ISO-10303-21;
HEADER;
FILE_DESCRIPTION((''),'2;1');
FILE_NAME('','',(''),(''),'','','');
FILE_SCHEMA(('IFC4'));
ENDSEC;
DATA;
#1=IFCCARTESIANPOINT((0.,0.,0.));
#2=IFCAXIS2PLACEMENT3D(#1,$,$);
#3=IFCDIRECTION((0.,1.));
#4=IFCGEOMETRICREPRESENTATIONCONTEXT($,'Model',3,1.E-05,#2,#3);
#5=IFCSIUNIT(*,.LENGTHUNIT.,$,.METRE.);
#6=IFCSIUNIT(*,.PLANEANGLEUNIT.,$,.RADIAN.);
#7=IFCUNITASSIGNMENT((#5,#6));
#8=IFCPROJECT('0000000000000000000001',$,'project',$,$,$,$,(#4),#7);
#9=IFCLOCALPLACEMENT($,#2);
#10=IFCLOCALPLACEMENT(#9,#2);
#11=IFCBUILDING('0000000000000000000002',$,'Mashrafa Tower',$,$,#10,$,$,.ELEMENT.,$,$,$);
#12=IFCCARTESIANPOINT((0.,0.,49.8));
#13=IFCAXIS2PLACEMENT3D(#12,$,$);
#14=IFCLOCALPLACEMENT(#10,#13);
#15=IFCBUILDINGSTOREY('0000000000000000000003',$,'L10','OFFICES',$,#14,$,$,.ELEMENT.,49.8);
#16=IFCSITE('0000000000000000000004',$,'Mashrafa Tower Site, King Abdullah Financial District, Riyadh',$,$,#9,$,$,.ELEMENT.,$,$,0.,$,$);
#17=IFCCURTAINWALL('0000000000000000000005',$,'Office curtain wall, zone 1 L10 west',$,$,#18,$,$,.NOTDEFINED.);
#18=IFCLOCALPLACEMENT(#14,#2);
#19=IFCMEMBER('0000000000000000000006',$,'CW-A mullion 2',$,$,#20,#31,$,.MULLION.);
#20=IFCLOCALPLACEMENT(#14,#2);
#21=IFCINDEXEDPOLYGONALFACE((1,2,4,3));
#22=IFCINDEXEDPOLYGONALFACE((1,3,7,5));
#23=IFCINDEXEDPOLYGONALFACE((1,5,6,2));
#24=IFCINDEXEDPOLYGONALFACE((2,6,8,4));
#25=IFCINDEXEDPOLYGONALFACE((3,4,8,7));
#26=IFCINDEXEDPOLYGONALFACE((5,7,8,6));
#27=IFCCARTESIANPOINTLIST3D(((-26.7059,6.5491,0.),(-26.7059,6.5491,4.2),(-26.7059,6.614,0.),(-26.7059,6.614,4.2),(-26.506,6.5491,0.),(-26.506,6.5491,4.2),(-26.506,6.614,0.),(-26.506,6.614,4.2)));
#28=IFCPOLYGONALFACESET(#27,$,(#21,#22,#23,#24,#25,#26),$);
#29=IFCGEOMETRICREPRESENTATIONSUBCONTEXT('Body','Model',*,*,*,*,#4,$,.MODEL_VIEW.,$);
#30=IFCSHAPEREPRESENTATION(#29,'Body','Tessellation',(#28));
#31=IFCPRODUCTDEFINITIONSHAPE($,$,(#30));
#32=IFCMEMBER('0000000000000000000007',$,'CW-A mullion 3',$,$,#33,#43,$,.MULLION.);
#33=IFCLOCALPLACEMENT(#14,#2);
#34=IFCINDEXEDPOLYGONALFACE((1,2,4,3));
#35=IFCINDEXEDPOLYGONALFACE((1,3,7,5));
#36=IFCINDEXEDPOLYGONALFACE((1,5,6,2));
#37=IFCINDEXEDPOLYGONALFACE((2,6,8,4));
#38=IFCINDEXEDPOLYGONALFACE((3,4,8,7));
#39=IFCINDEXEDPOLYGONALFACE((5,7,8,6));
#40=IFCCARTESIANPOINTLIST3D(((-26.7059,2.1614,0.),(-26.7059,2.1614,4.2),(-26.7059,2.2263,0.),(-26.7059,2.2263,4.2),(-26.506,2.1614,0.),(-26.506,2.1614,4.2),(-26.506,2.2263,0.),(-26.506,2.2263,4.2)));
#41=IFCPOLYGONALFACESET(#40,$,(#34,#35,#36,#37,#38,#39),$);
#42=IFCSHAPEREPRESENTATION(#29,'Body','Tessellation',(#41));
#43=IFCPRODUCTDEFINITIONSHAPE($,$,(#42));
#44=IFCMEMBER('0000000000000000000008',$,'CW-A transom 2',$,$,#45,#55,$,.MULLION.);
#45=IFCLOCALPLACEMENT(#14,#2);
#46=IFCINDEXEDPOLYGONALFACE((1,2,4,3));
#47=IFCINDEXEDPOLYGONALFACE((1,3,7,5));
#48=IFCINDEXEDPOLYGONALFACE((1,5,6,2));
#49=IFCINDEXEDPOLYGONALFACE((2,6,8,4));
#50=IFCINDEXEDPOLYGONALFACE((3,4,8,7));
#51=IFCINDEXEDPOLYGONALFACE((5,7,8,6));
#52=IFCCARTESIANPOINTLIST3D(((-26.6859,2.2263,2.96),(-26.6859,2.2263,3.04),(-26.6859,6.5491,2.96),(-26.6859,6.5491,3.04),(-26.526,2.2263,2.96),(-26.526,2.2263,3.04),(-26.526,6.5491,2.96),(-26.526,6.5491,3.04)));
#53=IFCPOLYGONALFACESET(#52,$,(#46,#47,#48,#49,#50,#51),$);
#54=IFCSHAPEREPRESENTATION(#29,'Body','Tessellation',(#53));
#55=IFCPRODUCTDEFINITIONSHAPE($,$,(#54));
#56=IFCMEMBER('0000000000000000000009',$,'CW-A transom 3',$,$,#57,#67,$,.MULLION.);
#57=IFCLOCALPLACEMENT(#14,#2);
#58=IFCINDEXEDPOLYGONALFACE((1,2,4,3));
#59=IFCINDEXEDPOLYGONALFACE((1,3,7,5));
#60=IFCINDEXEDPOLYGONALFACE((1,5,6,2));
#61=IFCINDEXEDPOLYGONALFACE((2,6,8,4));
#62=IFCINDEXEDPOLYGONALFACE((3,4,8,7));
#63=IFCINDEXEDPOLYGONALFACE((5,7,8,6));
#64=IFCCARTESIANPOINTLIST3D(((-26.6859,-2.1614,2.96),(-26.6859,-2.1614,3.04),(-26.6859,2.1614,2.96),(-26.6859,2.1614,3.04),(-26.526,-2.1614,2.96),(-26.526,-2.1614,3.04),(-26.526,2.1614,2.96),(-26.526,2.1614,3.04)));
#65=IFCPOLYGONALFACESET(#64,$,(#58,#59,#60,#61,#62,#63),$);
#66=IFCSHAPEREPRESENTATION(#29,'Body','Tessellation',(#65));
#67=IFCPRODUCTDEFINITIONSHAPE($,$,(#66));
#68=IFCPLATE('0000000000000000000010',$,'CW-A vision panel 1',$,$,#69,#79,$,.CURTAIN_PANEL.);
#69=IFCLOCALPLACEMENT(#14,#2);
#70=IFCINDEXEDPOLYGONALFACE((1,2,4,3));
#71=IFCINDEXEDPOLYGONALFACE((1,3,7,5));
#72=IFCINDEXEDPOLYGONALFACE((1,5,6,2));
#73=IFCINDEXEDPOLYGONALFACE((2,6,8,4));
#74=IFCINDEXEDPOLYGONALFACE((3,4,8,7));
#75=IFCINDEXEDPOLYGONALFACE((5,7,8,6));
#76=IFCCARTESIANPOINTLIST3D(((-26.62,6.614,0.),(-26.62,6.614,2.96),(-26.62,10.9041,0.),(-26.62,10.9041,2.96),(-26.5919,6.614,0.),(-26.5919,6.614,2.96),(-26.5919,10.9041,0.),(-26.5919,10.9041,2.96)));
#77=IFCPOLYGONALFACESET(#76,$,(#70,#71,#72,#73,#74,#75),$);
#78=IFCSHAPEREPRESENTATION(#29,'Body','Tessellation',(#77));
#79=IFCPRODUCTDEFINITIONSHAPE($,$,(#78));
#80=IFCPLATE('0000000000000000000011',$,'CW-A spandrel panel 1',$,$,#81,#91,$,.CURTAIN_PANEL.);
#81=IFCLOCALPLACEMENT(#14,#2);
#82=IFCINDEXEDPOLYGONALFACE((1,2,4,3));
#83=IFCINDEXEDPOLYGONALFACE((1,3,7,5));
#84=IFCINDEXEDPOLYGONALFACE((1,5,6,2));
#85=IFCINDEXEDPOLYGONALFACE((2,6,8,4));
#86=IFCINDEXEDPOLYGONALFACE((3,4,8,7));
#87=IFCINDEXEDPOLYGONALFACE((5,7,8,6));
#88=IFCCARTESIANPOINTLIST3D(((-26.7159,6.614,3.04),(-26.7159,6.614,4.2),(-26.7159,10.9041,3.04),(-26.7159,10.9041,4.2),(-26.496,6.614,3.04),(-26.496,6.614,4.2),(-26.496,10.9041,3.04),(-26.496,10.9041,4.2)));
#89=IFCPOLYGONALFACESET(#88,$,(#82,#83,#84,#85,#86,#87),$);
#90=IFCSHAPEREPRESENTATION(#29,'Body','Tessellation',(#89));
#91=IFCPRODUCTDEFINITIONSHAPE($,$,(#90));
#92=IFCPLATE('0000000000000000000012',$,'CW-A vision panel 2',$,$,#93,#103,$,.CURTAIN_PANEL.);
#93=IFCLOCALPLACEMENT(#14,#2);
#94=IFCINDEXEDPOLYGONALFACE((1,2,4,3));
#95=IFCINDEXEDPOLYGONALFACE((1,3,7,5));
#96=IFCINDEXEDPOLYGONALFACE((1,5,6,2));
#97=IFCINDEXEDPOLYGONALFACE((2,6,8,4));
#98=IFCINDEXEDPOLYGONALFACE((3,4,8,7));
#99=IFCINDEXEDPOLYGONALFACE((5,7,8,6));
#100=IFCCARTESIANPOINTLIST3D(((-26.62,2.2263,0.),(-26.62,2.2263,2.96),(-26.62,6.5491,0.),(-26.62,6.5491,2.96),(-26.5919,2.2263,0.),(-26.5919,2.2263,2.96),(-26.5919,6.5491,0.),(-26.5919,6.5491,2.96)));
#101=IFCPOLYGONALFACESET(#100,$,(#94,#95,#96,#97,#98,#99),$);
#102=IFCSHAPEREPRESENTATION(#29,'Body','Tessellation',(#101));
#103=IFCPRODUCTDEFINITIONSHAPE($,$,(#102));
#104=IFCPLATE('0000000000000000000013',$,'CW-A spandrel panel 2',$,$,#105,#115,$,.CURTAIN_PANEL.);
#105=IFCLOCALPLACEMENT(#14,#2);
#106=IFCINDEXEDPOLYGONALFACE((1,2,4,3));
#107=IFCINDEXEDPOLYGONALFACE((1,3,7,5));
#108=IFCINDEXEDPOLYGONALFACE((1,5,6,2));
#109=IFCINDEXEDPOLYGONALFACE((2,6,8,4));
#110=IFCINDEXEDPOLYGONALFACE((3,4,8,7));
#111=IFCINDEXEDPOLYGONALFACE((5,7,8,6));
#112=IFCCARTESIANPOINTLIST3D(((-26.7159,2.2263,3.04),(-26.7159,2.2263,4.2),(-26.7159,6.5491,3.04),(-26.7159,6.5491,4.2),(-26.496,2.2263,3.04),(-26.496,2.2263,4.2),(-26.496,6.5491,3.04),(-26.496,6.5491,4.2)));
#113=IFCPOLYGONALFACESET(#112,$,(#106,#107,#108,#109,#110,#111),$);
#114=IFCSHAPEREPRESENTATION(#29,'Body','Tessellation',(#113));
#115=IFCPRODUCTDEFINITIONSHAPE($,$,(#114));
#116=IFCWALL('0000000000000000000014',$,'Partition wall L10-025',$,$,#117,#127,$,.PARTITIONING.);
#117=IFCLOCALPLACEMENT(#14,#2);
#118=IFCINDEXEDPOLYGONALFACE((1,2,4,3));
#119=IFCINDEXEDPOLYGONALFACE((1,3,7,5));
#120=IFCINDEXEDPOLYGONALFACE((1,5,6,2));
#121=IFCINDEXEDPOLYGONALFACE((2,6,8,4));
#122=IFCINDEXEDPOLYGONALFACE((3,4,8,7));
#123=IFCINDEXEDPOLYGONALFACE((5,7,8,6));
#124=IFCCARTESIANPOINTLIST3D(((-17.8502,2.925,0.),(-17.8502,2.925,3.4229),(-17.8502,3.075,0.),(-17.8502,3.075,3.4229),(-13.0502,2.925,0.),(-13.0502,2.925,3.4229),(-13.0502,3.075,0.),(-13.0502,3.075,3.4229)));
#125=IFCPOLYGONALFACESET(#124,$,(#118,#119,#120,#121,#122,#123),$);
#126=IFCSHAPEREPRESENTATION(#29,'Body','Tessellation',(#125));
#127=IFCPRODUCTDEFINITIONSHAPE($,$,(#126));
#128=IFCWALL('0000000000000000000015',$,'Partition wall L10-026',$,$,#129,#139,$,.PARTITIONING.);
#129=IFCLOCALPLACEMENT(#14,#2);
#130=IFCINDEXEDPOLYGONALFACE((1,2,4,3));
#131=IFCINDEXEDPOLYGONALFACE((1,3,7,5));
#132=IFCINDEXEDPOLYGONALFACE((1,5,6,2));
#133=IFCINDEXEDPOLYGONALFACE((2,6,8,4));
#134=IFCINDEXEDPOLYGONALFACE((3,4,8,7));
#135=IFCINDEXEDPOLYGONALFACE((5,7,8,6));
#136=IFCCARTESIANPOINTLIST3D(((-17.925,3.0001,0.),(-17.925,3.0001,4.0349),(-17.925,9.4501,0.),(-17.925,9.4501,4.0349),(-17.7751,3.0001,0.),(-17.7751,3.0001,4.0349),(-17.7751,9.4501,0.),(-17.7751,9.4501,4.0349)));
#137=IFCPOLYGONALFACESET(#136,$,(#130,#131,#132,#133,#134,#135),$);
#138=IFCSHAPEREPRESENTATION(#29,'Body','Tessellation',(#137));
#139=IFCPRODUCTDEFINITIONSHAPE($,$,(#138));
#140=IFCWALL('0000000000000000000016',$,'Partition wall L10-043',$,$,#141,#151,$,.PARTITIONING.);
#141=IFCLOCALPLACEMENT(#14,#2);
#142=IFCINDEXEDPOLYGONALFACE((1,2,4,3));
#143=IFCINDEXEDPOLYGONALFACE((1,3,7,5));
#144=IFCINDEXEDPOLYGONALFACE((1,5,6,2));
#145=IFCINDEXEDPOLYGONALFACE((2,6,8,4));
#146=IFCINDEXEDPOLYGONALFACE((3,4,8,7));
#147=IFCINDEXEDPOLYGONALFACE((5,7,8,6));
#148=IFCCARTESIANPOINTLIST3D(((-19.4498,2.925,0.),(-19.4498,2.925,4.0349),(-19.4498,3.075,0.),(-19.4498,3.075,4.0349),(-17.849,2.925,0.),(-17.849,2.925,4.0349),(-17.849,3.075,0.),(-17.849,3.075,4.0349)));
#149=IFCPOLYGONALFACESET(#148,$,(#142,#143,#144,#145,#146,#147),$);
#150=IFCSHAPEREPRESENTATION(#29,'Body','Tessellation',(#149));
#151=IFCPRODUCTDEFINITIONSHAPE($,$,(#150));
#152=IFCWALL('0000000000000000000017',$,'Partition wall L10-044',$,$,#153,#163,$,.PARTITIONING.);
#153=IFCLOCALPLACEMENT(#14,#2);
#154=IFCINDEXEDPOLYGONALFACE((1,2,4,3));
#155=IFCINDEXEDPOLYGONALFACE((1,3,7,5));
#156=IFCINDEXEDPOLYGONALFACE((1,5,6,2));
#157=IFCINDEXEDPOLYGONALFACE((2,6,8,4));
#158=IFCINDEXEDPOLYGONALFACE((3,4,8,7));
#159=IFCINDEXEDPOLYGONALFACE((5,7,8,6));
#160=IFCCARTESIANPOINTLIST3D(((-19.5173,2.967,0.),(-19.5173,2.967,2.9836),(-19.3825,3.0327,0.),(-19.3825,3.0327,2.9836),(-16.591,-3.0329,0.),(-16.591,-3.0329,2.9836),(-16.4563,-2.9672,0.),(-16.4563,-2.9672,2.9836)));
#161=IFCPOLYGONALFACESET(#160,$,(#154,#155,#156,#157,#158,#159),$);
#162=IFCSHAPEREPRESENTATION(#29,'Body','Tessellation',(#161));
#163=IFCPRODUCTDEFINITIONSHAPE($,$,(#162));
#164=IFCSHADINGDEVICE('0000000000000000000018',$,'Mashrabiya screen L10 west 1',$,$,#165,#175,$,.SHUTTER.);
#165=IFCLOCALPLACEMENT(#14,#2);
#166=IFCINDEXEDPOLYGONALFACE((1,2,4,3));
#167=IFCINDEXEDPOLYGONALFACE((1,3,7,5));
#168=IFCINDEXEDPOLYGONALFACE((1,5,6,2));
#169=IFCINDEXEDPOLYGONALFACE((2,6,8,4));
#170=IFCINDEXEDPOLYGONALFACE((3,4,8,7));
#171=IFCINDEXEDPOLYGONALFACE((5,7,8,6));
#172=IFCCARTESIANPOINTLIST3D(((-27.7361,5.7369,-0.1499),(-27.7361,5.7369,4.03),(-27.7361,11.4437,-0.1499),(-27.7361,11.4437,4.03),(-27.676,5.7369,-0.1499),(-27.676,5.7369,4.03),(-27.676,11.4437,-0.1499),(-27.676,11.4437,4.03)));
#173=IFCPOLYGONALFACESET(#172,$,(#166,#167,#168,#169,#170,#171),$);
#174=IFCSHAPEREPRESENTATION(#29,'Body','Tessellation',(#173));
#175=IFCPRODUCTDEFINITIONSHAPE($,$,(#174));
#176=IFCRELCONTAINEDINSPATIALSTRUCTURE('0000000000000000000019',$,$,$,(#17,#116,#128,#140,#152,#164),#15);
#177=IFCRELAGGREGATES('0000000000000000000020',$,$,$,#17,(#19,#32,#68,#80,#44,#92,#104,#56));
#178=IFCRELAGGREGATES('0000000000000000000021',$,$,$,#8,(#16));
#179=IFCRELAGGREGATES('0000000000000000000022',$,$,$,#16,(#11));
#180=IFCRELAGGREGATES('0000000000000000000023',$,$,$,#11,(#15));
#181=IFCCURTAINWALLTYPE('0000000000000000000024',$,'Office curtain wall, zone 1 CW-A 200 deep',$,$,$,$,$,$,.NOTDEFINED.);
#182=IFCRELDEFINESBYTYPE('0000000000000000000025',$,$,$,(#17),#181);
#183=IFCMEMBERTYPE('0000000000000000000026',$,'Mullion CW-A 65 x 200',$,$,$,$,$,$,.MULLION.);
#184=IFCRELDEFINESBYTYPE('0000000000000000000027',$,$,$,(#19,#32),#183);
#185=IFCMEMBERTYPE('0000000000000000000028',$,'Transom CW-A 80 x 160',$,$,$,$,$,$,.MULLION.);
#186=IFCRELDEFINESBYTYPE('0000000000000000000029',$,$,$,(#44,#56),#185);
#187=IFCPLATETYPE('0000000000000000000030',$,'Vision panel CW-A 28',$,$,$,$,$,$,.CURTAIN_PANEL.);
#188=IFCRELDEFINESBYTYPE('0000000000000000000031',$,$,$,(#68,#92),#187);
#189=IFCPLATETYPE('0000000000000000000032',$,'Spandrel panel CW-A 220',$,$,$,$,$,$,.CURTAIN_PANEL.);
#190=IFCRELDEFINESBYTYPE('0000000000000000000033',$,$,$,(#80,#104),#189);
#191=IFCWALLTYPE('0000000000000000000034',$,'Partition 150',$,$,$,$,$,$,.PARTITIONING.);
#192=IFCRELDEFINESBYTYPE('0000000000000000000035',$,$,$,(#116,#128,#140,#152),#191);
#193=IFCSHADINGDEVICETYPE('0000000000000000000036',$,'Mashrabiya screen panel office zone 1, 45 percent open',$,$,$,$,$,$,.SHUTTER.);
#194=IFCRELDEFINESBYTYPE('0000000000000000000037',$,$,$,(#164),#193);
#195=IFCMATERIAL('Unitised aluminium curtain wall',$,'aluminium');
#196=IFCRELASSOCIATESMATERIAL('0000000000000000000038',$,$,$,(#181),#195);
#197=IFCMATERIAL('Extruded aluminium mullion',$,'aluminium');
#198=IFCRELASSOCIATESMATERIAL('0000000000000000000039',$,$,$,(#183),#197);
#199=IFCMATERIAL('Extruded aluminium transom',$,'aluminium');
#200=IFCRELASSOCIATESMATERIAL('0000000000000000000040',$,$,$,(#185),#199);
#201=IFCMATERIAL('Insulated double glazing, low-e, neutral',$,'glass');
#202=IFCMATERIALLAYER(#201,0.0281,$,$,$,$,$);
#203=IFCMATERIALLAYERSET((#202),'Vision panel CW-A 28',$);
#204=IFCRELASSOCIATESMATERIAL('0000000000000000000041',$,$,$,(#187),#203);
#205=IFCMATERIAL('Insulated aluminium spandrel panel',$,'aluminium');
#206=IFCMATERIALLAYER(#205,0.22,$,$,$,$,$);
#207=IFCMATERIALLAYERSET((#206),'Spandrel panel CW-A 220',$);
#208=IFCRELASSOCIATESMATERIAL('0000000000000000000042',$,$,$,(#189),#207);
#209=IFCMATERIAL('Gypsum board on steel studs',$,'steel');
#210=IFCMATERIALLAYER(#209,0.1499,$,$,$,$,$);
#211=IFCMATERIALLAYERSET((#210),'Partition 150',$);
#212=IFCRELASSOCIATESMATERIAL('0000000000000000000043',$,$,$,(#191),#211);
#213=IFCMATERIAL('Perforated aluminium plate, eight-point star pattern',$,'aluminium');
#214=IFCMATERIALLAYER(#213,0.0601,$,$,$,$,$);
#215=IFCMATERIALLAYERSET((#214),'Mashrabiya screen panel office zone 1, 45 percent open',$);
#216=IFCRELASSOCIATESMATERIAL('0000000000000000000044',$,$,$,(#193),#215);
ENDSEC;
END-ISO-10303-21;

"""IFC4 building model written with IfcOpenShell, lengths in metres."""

from ifc_helpers import new_model, si_unit, direction, frame, frame_2d, origin, origin_2d, place, context, subcontext, project, spatial, rectangle, extrude, source, transform, mapped, material, layer, layer_set, material_profile, profile_set, type_object, type_shapes, element, aggregate, save


model = new_model("IFC4")

# Units and contexts
model_context = context("Model", 3, precision=1e-05, world=origin(), true_north=direction((0.0, 1.0)))
body_context = subcontext(model_context, "Body", "Model", "MODEL_VIEW")
ifc_project = project(units=[si_unit("LENGTHUNIT", "METRE"), si_unit("PLANEANGLEUNIT", "RADIAN")], contexts=[model_context])

# Site, building, storey
site_placement = place(None, origin())
site = spatial("IfcSite", under=ifc_project, at=site_placement, Name="Mashrafa Tower Site, King Abdullah Financial District, Riyadh", CompositionType="ELEMENT", RefElevation=0.0)
building_placement = place(site_placement, origin())
building = spatial("IfcBuilding", under=site, at=building_placement, Name="Mashrafa Tower", CompositionType="ELEMENT")
storey_placement = place(building_placement, frame((0.0, 0.0, 49.8)))
storey = spatial("IfcBuildingStorey", under=building, at=storey_placement, Name="L10", Description="OFFICES", CompositionType="ELEMENT", Elevation=49.8)

# Curtain wall, members, plates
ifc_material_1 = material(Name="Unitised aluminium curtain wall", Category="aluminium")
curtain_wall_type = type_object("IfcCurtainWallType", Name="Office curtain wall, zone 1 CW-A 200 deep", PredefinedType="NOTDEFINED", material=ifc_material_1)
curtain_wall_placement = place(storey_placement, origin())
curtain_wall = element("IfcCurtainWall", 1, at=curtain_wall_placement, inside=storey, type_object=curtain_wall_type, Name="Office curtain wall, zone 1 L10 west", PredefinedType="NOTDEFINED")
ifc_material_2 = material(Name="Extruded aluminium mullion", Category="aluminium")
ifc_material_profile_1 = material_profile(ifc_material_2, rectangle(XDim=0.2, YDim=0.0649, at=origin_2d()), Name="Mullion 65x200")
ifc_profile_set_1 = profile_set([ifc_material_profile_1], Name="Extruded aluminium mullion")
member_type_1 = type_object("IfcMemberType", Name="Mullion CW-A 65 x 200", PredefinedType="MULLION", material=ifc_profile_set_1)
shared_shape_1 = source(origin(), body_context, "Body", "SweptSolid", [
    extrude(rectangle(XDim=0.2, YDim=0.0649, at=origin_2d()), origin(), (0.0, 0.0, 1.0), 4.2),
])
type_shapes(member_type_1, [shared_shape_1])
member_1_placement = place(storey_placement, frame((-26.606, 6.5815, 0.0), z_axis=(0.0, 0.0, 1.0), x_axis=(1.0, 0.0, 0.0)))
member_1 = element("IfcMember", 2, at=member_1_placement, type_object=member_type_1, Name="CW-A mullion 2", PredefinedType="MULLION", context=body_context, shape_type="MappedRepresentation", body=[
    mapped(shared_shape_1, transform((0.0, 0.0, 0.0))),
])
member_2_placement = place(storey_placement, frame((-26.606, 2.1938, 0.0), z_axis=(0.0, 0.0, 1.0), x_axis=(1.0, 0.0, 0.0)))
member_2 = element("IfcMember", 3, at=member_2_placement, type_object=member_type_1, Name="CW-A mullion 3", PredefinedType="MULLION", context=body_context, shape_type="MappedRepresentation", body=[
    mapped(shared_shape_1, transform((0.0, 0.0, 0.0))),
])
ifc_material_3 = material(Name="Extruded aluminium transom", Category="aluminium")
ifc_material_profile_2 = material_profile(ifc_material_3, rectangle(XDim=0.1599, YDim=0.0801, at=origin_2d()), Name="Transom 80x160")
ifc_profile_set_2 = profile_set([ifc_material_profile_2], Name="Extruded aluminium transom")
member_type_2 = type_object("IfcMemberType", Name="Transom CW-A 80 x 160", PredefinedType="MULLION", material=ifc_profile_set_2)
shared_shape_2 = source(origin(), body_context, "Body", "SweptSolid", [
    extrude(rectangle(XDim=0.1599, YDim=0.0801, at=origin_2d()), origin(), (0.0, 0.0, 1.0), 4.3228),
])
type_shapes(member_type_2, [shared_shape_2])
member_3_placement = place(storey_placement, frame((-26.606, 6.5491, 3.0), z_axis=(0.0, -1.0, 0.0), x_axis=(1.0, 0.0, 0.0)))
member_3 = element("IfcMember", 4, at=member_3_placement, type_object=member_type_2, Name="CW-A transom 2", PredefinedType="MULLION", context=body_context, shape_type="MappedRepresentation", body=[
    mapped(shared_shape_2, transform((0.0, 0.0, 0.0))),
])
member_4_placement = place(storey_placement, frame((-26.606, 2.1614, 3.0), z_axis=(0.0, -1.0, 0.0), x_axis=(1.0, 0.0, 0.0)))
member_4 = element("IfcMember", 5, at=member_4_placement, type_object=member_type_2, Name="CW-A transom 3", PredefinedType="MULLION", context=body_context, shape_type="MappedRepresentation", body=[
    mapped(shared_shape_2, transform((0.0, 0.0, 0.0))),
])
ifc_material_4 = material(Name="Insulated double glazing, low-e, neutral", Category="glass")
ifc_layer_1 = layer(ifc_material_4, 0.0281)
ifc_layer_set_1 = layer_set([ifc_layer_1], Name="Vision panel CW-A 28")
plate_type_1 = type_object("IfcPlateType", Name="Vision panel CW-A 28", PredefinedType="CURTAIN_PANEL", material=ifc_layer_set_1)
shared_shape_3 = source(origin(), body_context, "Body", "SweptSolid", [
    extrude(rectangle(XDim=4.29, YDim=0.0281, at=origin_2d()), origin(), (0.0, 0.0, 1.0), 2.96),
])
plate_1_placement = place(storey_placement, frame((-26.606, 8.759, 0.0), z_axis=(0.0, 0.0, 1.0), x_axis=(0.0, -1.0, 0.0)))
plate_1 = element("IfcPlate", 6, at=plate_1_placement, type_object=plate_type_1, Name="CW-A vision panel 1", PredefinedType="CURTAIN_PANEL", context=body_context, shape_type="MappedRepresentation", body=[
    mapped(shared_shape_3, transform((0.0, 0.0, 0.0))),
])
ifc_material_5 = material(Name="Insulated aluminium spandrel panel", Category="aluminium")
ifc_layer_2 = layer(ifc_material_5, 0.22)
ifc_layer_set_2 = layer_set([ifc_layer_2], Name="Spandrel panel CW-A 220")
plate_type_2 = type_object("IfcPlateType", Name="Spandrel panel CW-A 220", PredefinedType="CURTAIN_PANEL", material=ifc_layer_set_2)
shared_shape_4 = source(origin(), body_context, "Body", "SweptSolid", [
    extrude(rectangle(XDim=4.29, YDim=0.22, at=origin_2d()), origin(), (0.0, 0.0, 1.0), 1.1599),
])
plate_2_placement = place(storey_placement, frame((-26.606, 8.759, 3.04), z_axis=(0.0, 0.0, 1.0), x_axis=(0.0, -1.0, 0.0)))
plate_2 = element("IfcPlate", 7, at=plate_2_placement, type_object=plate_type_2, Name="CW-A spandrel panel 1", PredefinedType="CURTAIN_PANEL", context=body_context, shape_type="MappedRepresentation", body=[
    mapped(shared_shape_4, transform((0.0, 0.0, 0.0))),
])
shared_shape_5 = source(origin(), body_context, "Body", "SweptSolid", [
    extrude(rectangle(XDim=4.3228, YDim=0.0281, at=origin_2d()), origin(), (0.0, 0.0, 1.0), 2.96),
])
type_shapes(plate_type_1, [shared_shape_3, shared_shape_5])
plate_3_placement = place(storey_placement, frame((-26.606, 4.3877, 0.0), z_axis=(0.0, 0.0, 1.0), x_axis=(0.0, -1.0, 0.0)))
plate_3 = element("IfcPlate", 8, at=plate_3_placement, type_object=plate_type_1, Name="CW-A vision panel 2", PredefinedType="CURTAIN_PANEL", context=body_context, shape_type="MappedRepresentation", body=[
    mapped(shared_shape_5, transform((0.0, 0.0, 0.0))),
])
shared_shape_6 = source(origin(), body_context, "Body", "SweptSolid", [
    extrude(rectangle(XDim=4.3228, YDim=0.22, at=origin_2d()), origin(), (0.0, 0.0, 1.0), 1.1599),
])
type_shapes(plate_type_2, [shared_shape_4, shared_shape_6])
plate_4_placement = place(storey_placement, frame((-26.606, 4.3877, 3.04), z_axis=(0.0, 0.0, 1.0), x_axis=(0.0, -1.0, 0.0)))
plate_4 = element("IfcPlate", 9, at=plate_4_placement, type_object=plate_type_2, Name="CW-A spandrel panel 2", PredefinedType="CURTAIN_PANEL", context=body_context, shape_type="MappedRepresentation", body=[
    mapped(shared_shape_6, transform((0.0, 0.0, 0.0))),
])
aggregate(curtain_wall, [member_1, member_2, plate_1, plate_2, member_3, plate_3, plate_4, member_4])

# Walls
ifc_material_6 = material(Name="Gypsum board on steel studs", Category="steel")
ifc_layer_3 = layer(ifc_material_6, 0.1499)
ifc_layer_set_3 = layer_set([ifc_layer_3], Name="Partition 150")
wall_type = type_object("IfcWallType", Name="Partition 150", PredefinedType="PARTITIONING", material=ifc_layer_set_3)
wall_1_placement = place(storey_placement, frame((-17.8501, 3.0, 0.0), z_axis=(0.0, 0.0, 1.0), x_axis=(1.0, 0.0, 0.0)))
element("IfcWall", 10, at=wall_1_placement, inside=storey, type_object=wall_type, Name="Partition wall L10-025", PredefinedType="PARTITIONING", context=body_context, shape_type="SweptSolid", body=[
    extrude(rectangle(XDim=4.8, YDim=0.1499, at=frame_2d((2.3999, 0.0))), origin(), (0.0, 0.0, 1.0), 3.4229),
])
wall_2_placement = place(storey_placement, frame((-17.8501, 3.0, 0.0), z_axis=(0.0, 0.0, 1.0), x_axis=(0.0, 1.0, 0.0)))
element("IfcWall", 11, at=wall_2_placement, inside=storey, type_object=wall_type, Name="Partition wall L10-026", PredefinedType="PARTITIONING", context=body_context, shape_type="SweptSolid", body=[
    extrude(rectangle(XDim=6.45, YDim=0.1499, at=frame_2d((3.2251, 0.0))), origin(), (0.0, 0.0, 1.0), 4.0349),
])
wall_3_placement = place(storey_placement, frame((-17.8491, 3.0, 0.0), z_axis=(0.0, 0.0, 1.0), x_axis=(-1.0, 0.0, 0.0)))
element("IfcWall", 12, at=wall_3_placement, inside=storey, type_object=wall_type, Name="Partition wall L10-043", PredefinedType="PARTITIONING", context=body_context, shape_type="SweptSolid", body=[
    extrude(rectangle(XDim=1.6008, YDim=0.1499, at=frame_2d((0.8003, 0.0))), origin(), (0.0, 0.0, 1.0), 4.0349),
])
wall_4_placement = place(storey_placement, frame((-19.45, 3.0, 0.0), z_axis=(0.0, 0.0, 1.0), x_axis=(0.438356, -0.898801, 0.0)))
element("IfcWall", 13, at=wall_4_placement, inside=storey, type_object=wall_type, Name="Partition wall L10-044", PredefinedType="PARTITIONING", context=body_context, shape_type="SweptSolid", body=[
    extrude(rectangle(XDim=6.6755, YDim=0.1499, at=frame_2d((3.3379, 0.0))), origin(), (0.0, 0.0, 1.0), 2.9836),
])

# Shading device
ifc_material_7 = material(Name="Perforated aluminium plate, eight-point star pattern", Category="aluminium")
ifc_layer_4 = layer(ifc_material_7, 0.0601)
ifc_layer_set_4 = layer_set([ifc_layer_4], Name="Mashrabiya screen panel office zone 1, 45 percent open")
shading_device_type = type_object("IfcShadingDeviceType", Name="Mashrabiya screen panel office zone 1, 45 percent open", PredefinedType="SHUTTER", material=ifc_layer_set_4)
shared_shape_7 = source(origin(), body_context, "Body", "SweptSolid", [
    extrude(rectangle(XDim=5.7068, YDim=0.0601, at=origin_2d()), origin(), (0.0, 0.0, 1.0), 4.1799),
])
type_shapes(shading_device_type, [shared_shape_7])
for number, where, z_axis, x_axis, name in (
    (14, (-27.7061, 8.5903, -0.1499), (0.0, 0.0, 1.0), (0.0, -1.0, 0.0), "Mashrabiya screen L10 west 1"),
):
    element("IfcShadingDevice", number, at=place(storey_placement, frame(where, z_axis=z_axis, x_axis=x_axis)), inside=storey, type_object=shading_device_type, Name=name, PredefinedType="SHUTTER", context=body_context, shape_type="MappedRepresentation", body=[
        mapped(shared_shape_7, transform((0.0, 0.0, 0.0))),
    ])

save(model, "model.ifc")
